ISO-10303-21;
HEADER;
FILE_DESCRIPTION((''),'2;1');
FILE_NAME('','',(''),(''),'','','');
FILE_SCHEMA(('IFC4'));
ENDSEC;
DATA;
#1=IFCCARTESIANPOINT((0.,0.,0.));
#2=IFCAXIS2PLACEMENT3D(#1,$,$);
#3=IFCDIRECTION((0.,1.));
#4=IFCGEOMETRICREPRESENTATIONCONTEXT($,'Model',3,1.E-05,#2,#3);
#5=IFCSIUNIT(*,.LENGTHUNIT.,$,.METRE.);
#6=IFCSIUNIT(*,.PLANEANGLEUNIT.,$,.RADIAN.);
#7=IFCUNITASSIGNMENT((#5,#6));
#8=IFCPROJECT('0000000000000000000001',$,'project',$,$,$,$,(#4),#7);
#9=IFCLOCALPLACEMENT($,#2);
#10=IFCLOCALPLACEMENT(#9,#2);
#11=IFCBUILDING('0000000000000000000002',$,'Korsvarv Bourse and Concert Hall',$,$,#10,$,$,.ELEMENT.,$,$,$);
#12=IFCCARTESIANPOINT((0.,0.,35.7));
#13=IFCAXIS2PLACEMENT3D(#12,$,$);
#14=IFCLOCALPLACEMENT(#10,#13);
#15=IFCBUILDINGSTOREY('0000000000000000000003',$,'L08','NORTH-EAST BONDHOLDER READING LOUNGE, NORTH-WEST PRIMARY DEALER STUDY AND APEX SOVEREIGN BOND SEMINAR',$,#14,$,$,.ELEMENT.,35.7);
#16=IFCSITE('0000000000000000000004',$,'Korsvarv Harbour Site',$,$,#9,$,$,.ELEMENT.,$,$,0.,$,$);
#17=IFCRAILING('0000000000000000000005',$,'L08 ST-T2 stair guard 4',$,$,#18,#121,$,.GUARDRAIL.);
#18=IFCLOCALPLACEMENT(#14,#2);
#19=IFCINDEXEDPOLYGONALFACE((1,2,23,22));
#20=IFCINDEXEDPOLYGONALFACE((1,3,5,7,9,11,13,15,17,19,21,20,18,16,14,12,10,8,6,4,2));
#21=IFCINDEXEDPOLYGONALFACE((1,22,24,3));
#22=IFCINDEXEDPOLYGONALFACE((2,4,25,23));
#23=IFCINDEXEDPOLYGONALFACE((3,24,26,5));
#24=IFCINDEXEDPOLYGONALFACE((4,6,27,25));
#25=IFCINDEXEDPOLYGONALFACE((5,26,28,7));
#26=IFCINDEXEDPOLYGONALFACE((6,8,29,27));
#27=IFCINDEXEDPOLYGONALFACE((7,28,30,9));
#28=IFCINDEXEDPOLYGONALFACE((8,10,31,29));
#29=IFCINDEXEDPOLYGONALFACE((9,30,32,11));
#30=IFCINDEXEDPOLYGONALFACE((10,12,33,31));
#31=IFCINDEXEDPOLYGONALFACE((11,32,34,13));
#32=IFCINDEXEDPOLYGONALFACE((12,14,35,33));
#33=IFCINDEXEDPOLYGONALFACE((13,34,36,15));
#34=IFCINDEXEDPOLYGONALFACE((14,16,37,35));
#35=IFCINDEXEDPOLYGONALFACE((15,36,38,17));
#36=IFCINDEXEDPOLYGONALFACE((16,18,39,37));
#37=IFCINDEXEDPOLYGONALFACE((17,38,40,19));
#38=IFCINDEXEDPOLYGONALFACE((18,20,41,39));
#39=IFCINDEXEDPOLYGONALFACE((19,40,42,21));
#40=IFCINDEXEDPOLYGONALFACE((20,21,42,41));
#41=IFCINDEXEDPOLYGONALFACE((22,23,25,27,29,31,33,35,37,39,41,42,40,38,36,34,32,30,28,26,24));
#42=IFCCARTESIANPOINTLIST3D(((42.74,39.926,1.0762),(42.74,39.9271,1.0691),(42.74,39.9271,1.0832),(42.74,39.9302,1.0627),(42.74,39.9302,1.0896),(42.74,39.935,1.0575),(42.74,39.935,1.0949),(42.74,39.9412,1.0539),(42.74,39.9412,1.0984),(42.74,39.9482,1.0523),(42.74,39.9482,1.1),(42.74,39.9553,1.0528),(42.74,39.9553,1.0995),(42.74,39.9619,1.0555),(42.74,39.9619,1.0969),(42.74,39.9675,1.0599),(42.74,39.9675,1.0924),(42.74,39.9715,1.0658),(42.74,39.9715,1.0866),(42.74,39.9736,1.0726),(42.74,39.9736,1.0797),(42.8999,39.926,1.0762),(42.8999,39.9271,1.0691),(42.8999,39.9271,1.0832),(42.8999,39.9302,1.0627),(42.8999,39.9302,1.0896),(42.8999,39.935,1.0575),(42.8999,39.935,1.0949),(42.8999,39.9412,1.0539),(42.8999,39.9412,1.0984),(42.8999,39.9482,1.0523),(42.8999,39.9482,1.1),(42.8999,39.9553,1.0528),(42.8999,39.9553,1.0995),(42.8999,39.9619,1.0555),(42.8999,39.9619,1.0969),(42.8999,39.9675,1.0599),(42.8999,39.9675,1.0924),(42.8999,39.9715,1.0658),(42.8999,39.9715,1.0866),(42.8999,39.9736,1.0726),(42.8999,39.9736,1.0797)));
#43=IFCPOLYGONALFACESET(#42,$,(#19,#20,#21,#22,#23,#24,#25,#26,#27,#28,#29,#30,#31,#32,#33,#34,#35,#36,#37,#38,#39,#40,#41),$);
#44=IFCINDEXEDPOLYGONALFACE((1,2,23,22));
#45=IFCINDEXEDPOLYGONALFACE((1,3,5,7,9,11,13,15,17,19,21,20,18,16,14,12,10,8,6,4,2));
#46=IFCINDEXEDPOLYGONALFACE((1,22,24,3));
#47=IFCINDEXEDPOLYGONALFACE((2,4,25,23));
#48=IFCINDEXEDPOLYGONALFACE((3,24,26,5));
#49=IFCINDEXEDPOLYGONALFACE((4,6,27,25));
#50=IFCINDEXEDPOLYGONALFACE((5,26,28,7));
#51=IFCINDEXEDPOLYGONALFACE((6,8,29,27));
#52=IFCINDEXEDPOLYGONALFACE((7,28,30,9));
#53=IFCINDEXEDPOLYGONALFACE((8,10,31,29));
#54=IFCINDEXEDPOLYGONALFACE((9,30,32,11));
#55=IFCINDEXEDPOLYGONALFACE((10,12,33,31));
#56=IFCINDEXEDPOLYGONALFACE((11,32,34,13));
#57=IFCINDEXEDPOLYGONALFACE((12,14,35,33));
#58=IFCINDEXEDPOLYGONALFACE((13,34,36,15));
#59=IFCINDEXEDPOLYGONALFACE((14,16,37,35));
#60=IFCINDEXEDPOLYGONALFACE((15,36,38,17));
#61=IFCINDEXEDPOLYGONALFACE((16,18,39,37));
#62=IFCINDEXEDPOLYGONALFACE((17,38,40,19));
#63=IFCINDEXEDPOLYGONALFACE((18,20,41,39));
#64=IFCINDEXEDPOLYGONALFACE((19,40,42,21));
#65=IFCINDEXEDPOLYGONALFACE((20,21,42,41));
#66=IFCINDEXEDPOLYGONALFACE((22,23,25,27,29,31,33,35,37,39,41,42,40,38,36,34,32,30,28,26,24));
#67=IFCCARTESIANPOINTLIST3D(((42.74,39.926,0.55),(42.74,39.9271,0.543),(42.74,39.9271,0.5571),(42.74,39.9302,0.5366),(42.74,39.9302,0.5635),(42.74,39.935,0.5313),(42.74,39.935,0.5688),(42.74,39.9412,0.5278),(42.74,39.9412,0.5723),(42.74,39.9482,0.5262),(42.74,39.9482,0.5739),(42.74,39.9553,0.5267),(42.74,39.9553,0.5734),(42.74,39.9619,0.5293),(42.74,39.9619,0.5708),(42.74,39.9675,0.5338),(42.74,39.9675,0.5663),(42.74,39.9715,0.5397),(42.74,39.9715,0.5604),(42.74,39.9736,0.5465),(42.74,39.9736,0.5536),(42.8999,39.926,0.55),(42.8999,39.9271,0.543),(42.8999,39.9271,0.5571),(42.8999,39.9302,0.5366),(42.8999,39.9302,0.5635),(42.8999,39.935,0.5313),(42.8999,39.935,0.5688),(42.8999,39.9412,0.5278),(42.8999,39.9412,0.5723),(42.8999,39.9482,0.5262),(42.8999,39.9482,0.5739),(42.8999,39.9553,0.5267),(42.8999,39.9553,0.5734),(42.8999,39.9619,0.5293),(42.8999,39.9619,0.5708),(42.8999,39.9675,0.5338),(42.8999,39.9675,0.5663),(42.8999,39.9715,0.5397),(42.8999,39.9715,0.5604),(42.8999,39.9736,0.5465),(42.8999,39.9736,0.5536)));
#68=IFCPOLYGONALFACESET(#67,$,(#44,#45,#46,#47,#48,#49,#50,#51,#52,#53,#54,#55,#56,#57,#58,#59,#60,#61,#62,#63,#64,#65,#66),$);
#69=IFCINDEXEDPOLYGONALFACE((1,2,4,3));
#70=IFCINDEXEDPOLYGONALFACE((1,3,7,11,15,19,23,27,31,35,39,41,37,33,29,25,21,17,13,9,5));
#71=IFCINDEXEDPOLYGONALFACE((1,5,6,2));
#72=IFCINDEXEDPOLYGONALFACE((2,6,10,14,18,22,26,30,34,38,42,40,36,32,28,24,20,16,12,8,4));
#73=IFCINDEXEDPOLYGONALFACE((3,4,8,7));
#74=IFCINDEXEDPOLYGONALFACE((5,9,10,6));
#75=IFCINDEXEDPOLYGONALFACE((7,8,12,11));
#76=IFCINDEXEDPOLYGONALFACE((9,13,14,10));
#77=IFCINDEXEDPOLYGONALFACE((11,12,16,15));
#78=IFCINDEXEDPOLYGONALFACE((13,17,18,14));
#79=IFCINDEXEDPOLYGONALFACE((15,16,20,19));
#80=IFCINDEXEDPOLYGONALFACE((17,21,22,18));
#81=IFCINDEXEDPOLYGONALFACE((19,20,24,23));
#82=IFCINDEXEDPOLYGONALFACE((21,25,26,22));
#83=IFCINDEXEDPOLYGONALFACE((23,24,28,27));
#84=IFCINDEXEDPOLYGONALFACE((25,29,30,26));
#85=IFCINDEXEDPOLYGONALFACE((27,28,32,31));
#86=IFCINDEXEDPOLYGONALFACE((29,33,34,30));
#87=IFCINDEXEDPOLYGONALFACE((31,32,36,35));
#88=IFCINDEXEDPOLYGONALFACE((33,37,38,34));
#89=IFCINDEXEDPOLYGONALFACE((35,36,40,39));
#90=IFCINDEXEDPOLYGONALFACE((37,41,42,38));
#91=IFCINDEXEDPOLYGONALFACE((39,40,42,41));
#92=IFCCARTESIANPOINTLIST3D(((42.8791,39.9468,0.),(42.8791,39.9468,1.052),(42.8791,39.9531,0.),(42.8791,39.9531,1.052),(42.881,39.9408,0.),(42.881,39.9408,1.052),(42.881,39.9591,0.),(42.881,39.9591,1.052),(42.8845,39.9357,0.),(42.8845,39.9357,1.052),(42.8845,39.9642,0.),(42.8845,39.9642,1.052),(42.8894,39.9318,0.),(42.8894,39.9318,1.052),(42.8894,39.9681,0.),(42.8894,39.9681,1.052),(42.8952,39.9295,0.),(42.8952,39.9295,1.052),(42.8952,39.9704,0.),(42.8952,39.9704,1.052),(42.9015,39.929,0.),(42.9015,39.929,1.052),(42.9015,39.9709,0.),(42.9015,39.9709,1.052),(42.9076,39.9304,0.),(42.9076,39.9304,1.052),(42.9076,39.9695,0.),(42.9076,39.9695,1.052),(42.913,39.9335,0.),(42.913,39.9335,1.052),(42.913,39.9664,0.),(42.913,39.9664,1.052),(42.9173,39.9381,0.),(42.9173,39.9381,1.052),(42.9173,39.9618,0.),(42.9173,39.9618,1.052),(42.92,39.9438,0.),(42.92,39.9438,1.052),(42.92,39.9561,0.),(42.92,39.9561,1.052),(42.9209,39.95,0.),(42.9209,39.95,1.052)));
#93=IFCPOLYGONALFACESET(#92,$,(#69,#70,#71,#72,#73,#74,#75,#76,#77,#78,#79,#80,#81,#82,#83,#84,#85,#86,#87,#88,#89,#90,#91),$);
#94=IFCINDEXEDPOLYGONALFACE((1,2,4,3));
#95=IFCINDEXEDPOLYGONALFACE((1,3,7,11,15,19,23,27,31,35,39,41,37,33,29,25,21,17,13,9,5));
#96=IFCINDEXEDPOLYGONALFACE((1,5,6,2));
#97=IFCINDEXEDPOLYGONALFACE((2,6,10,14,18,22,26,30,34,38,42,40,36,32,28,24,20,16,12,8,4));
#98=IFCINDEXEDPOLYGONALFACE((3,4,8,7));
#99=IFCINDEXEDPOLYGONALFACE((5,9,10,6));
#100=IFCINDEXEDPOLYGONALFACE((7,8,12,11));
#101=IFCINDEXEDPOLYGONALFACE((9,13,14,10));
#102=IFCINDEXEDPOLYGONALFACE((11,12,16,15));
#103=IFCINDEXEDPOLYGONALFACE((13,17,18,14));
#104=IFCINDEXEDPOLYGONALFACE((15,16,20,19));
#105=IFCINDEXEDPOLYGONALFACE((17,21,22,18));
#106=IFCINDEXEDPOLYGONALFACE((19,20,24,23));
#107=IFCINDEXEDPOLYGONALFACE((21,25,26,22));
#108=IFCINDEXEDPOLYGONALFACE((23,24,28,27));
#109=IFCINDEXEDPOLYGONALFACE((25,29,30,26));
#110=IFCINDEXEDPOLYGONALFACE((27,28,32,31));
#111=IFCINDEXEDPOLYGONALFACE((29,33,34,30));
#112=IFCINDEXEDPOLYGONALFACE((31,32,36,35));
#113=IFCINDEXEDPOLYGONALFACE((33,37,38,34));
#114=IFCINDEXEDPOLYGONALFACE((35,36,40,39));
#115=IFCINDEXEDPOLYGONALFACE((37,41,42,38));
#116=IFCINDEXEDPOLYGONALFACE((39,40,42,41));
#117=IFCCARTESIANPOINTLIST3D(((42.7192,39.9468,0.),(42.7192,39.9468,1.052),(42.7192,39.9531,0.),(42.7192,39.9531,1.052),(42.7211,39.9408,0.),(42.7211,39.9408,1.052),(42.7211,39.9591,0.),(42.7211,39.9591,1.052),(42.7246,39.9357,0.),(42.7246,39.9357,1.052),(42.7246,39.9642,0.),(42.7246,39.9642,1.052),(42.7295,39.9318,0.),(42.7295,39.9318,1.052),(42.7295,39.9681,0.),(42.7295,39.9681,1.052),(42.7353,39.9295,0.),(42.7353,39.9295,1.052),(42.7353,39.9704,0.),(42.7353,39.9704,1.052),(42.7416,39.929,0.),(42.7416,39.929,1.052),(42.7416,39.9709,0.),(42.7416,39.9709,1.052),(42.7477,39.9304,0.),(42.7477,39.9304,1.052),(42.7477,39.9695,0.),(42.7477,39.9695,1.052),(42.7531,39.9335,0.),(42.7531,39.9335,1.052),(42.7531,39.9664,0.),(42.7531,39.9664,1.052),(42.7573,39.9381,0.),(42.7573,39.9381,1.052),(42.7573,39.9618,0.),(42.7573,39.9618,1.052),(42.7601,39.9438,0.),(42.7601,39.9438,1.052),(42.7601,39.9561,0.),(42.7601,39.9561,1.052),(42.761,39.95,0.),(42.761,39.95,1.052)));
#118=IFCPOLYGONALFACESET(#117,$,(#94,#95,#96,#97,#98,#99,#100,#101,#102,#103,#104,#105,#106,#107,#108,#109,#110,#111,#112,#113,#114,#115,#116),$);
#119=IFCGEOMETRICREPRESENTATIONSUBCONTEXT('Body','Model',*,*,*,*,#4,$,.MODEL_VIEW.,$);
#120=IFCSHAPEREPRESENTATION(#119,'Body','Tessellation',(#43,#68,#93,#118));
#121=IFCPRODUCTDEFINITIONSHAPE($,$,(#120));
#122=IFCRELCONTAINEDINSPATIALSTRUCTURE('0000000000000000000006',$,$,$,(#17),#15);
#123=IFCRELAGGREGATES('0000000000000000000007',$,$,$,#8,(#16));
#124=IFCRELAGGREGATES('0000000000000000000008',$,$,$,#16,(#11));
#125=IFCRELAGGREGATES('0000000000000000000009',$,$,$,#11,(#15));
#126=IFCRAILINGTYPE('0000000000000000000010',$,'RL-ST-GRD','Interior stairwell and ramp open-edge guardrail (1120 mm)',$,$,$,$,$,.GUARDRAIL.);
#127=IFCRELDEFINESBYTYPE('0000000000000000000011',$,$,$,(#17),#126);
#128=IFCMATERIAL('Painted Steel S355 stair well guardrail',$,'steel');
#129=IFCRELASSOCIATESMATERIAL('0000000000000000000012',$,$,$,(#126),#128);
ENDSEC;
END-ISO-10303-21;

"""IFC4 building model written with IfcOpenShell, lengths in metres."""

from ifc_helpers import new_model, si_unit, direction, frame, origin, origin_2d, place, context, subcontext, project, spatial, circle, extrude, material, type_object, element, save


model = new_model("IFC4")

# Units and contexts
model_context = context("Model", 3, precision=1e-05, world=origin(), true_north=direction((0.0, 1.0)))
body_context = subcontext(model_context, "Body", "Model", "MODEL_VIEW")
ifc_project = project(units=[si_unit("LENGTHUNIT", "METRE"), si_unit("PLANEANGLEUNIT", "RADIAN")], contexts=[model_context])

# Site, building, storey
site_placement = place(None, origin())
site = spatial("IfcSite", under=ifc_project, at=site_placement, Name="Korsvarv Harbour Site", CompositionType="ELEMENT", RefElevation=0.0)
building_placement = place(site_placement, origin())
building = spatial("IfcBuilding", under=site, at=building_placement, Name="Korsvarv Bourse and Concert Hall", CompositionType="ELEMENT")
storey_placement = place(building_placement, frame((0.0, 0.0, 35.7)))
storey = spatial("IfcBuildingStorey", under=building, at=storey_placement, Name="L08", Description="NORTH-EAST BONDHOLDER READING LOUNGE, NORTH-WEST PRIMARY DEALER STUDY AND APEX SOVEREIGN BOND SEMINAR", CompositionType="ELEMENT", Elevation=35.7)

# Railing
ifc_material_1 = material(Name="Painted Steel S355 stair well guardrail", Category="steel")
railing_type_1 = type_object("IfcRailingType", Name="RL-ST-GRD", Description="Interior stairwell and ramp open-edge guardrail (1120 mm)", PredefinedType="GUARDRAIL", material=ifc_material_1)
railing_1_placement = place(storey_placement, frame((42.8999, 39.95, 0.0)))
element("IfcRailing", 1, at=railing_1_placement, inside=storey, type_object=railing_type_1, Name="L08 ST-T2 stair guard 4", PredefinedType="GUARDRAIL", context=body_context, shape_type="SweptSolid", body=[
    extrude(circle(Radius=0.0239, at=origin_2d()), frame((0.0, 0.0, 1.0762), z_axis=(-1.0, 0.0, 0.0), x_axis=(0.0, -1.0, 0.0)), (0.0, 0.0, 1.0), 0.1599),
    extrude(circle(Radius=0.0239, at=origin_2d()), frame((0.0, 0.0, 0.55), z_axis=(-1.0, 0.0, 0.0), x_axis=(0.0, -1.0, 0.0)), (0.0, 0.0, 1.0), 0.1599),
    extrude(circle(Radius=0.021, at=origin_2d()), origin(), (0.0, 0.0, 1.0), 1.052),
    extrude(circle(Radius=0.021, at=origin_2d()), frame((-0.1599, 0.0, 0.0)), (0.0, 0.0, 1.0), 1.052),
])

save(model, "model.ifc")
